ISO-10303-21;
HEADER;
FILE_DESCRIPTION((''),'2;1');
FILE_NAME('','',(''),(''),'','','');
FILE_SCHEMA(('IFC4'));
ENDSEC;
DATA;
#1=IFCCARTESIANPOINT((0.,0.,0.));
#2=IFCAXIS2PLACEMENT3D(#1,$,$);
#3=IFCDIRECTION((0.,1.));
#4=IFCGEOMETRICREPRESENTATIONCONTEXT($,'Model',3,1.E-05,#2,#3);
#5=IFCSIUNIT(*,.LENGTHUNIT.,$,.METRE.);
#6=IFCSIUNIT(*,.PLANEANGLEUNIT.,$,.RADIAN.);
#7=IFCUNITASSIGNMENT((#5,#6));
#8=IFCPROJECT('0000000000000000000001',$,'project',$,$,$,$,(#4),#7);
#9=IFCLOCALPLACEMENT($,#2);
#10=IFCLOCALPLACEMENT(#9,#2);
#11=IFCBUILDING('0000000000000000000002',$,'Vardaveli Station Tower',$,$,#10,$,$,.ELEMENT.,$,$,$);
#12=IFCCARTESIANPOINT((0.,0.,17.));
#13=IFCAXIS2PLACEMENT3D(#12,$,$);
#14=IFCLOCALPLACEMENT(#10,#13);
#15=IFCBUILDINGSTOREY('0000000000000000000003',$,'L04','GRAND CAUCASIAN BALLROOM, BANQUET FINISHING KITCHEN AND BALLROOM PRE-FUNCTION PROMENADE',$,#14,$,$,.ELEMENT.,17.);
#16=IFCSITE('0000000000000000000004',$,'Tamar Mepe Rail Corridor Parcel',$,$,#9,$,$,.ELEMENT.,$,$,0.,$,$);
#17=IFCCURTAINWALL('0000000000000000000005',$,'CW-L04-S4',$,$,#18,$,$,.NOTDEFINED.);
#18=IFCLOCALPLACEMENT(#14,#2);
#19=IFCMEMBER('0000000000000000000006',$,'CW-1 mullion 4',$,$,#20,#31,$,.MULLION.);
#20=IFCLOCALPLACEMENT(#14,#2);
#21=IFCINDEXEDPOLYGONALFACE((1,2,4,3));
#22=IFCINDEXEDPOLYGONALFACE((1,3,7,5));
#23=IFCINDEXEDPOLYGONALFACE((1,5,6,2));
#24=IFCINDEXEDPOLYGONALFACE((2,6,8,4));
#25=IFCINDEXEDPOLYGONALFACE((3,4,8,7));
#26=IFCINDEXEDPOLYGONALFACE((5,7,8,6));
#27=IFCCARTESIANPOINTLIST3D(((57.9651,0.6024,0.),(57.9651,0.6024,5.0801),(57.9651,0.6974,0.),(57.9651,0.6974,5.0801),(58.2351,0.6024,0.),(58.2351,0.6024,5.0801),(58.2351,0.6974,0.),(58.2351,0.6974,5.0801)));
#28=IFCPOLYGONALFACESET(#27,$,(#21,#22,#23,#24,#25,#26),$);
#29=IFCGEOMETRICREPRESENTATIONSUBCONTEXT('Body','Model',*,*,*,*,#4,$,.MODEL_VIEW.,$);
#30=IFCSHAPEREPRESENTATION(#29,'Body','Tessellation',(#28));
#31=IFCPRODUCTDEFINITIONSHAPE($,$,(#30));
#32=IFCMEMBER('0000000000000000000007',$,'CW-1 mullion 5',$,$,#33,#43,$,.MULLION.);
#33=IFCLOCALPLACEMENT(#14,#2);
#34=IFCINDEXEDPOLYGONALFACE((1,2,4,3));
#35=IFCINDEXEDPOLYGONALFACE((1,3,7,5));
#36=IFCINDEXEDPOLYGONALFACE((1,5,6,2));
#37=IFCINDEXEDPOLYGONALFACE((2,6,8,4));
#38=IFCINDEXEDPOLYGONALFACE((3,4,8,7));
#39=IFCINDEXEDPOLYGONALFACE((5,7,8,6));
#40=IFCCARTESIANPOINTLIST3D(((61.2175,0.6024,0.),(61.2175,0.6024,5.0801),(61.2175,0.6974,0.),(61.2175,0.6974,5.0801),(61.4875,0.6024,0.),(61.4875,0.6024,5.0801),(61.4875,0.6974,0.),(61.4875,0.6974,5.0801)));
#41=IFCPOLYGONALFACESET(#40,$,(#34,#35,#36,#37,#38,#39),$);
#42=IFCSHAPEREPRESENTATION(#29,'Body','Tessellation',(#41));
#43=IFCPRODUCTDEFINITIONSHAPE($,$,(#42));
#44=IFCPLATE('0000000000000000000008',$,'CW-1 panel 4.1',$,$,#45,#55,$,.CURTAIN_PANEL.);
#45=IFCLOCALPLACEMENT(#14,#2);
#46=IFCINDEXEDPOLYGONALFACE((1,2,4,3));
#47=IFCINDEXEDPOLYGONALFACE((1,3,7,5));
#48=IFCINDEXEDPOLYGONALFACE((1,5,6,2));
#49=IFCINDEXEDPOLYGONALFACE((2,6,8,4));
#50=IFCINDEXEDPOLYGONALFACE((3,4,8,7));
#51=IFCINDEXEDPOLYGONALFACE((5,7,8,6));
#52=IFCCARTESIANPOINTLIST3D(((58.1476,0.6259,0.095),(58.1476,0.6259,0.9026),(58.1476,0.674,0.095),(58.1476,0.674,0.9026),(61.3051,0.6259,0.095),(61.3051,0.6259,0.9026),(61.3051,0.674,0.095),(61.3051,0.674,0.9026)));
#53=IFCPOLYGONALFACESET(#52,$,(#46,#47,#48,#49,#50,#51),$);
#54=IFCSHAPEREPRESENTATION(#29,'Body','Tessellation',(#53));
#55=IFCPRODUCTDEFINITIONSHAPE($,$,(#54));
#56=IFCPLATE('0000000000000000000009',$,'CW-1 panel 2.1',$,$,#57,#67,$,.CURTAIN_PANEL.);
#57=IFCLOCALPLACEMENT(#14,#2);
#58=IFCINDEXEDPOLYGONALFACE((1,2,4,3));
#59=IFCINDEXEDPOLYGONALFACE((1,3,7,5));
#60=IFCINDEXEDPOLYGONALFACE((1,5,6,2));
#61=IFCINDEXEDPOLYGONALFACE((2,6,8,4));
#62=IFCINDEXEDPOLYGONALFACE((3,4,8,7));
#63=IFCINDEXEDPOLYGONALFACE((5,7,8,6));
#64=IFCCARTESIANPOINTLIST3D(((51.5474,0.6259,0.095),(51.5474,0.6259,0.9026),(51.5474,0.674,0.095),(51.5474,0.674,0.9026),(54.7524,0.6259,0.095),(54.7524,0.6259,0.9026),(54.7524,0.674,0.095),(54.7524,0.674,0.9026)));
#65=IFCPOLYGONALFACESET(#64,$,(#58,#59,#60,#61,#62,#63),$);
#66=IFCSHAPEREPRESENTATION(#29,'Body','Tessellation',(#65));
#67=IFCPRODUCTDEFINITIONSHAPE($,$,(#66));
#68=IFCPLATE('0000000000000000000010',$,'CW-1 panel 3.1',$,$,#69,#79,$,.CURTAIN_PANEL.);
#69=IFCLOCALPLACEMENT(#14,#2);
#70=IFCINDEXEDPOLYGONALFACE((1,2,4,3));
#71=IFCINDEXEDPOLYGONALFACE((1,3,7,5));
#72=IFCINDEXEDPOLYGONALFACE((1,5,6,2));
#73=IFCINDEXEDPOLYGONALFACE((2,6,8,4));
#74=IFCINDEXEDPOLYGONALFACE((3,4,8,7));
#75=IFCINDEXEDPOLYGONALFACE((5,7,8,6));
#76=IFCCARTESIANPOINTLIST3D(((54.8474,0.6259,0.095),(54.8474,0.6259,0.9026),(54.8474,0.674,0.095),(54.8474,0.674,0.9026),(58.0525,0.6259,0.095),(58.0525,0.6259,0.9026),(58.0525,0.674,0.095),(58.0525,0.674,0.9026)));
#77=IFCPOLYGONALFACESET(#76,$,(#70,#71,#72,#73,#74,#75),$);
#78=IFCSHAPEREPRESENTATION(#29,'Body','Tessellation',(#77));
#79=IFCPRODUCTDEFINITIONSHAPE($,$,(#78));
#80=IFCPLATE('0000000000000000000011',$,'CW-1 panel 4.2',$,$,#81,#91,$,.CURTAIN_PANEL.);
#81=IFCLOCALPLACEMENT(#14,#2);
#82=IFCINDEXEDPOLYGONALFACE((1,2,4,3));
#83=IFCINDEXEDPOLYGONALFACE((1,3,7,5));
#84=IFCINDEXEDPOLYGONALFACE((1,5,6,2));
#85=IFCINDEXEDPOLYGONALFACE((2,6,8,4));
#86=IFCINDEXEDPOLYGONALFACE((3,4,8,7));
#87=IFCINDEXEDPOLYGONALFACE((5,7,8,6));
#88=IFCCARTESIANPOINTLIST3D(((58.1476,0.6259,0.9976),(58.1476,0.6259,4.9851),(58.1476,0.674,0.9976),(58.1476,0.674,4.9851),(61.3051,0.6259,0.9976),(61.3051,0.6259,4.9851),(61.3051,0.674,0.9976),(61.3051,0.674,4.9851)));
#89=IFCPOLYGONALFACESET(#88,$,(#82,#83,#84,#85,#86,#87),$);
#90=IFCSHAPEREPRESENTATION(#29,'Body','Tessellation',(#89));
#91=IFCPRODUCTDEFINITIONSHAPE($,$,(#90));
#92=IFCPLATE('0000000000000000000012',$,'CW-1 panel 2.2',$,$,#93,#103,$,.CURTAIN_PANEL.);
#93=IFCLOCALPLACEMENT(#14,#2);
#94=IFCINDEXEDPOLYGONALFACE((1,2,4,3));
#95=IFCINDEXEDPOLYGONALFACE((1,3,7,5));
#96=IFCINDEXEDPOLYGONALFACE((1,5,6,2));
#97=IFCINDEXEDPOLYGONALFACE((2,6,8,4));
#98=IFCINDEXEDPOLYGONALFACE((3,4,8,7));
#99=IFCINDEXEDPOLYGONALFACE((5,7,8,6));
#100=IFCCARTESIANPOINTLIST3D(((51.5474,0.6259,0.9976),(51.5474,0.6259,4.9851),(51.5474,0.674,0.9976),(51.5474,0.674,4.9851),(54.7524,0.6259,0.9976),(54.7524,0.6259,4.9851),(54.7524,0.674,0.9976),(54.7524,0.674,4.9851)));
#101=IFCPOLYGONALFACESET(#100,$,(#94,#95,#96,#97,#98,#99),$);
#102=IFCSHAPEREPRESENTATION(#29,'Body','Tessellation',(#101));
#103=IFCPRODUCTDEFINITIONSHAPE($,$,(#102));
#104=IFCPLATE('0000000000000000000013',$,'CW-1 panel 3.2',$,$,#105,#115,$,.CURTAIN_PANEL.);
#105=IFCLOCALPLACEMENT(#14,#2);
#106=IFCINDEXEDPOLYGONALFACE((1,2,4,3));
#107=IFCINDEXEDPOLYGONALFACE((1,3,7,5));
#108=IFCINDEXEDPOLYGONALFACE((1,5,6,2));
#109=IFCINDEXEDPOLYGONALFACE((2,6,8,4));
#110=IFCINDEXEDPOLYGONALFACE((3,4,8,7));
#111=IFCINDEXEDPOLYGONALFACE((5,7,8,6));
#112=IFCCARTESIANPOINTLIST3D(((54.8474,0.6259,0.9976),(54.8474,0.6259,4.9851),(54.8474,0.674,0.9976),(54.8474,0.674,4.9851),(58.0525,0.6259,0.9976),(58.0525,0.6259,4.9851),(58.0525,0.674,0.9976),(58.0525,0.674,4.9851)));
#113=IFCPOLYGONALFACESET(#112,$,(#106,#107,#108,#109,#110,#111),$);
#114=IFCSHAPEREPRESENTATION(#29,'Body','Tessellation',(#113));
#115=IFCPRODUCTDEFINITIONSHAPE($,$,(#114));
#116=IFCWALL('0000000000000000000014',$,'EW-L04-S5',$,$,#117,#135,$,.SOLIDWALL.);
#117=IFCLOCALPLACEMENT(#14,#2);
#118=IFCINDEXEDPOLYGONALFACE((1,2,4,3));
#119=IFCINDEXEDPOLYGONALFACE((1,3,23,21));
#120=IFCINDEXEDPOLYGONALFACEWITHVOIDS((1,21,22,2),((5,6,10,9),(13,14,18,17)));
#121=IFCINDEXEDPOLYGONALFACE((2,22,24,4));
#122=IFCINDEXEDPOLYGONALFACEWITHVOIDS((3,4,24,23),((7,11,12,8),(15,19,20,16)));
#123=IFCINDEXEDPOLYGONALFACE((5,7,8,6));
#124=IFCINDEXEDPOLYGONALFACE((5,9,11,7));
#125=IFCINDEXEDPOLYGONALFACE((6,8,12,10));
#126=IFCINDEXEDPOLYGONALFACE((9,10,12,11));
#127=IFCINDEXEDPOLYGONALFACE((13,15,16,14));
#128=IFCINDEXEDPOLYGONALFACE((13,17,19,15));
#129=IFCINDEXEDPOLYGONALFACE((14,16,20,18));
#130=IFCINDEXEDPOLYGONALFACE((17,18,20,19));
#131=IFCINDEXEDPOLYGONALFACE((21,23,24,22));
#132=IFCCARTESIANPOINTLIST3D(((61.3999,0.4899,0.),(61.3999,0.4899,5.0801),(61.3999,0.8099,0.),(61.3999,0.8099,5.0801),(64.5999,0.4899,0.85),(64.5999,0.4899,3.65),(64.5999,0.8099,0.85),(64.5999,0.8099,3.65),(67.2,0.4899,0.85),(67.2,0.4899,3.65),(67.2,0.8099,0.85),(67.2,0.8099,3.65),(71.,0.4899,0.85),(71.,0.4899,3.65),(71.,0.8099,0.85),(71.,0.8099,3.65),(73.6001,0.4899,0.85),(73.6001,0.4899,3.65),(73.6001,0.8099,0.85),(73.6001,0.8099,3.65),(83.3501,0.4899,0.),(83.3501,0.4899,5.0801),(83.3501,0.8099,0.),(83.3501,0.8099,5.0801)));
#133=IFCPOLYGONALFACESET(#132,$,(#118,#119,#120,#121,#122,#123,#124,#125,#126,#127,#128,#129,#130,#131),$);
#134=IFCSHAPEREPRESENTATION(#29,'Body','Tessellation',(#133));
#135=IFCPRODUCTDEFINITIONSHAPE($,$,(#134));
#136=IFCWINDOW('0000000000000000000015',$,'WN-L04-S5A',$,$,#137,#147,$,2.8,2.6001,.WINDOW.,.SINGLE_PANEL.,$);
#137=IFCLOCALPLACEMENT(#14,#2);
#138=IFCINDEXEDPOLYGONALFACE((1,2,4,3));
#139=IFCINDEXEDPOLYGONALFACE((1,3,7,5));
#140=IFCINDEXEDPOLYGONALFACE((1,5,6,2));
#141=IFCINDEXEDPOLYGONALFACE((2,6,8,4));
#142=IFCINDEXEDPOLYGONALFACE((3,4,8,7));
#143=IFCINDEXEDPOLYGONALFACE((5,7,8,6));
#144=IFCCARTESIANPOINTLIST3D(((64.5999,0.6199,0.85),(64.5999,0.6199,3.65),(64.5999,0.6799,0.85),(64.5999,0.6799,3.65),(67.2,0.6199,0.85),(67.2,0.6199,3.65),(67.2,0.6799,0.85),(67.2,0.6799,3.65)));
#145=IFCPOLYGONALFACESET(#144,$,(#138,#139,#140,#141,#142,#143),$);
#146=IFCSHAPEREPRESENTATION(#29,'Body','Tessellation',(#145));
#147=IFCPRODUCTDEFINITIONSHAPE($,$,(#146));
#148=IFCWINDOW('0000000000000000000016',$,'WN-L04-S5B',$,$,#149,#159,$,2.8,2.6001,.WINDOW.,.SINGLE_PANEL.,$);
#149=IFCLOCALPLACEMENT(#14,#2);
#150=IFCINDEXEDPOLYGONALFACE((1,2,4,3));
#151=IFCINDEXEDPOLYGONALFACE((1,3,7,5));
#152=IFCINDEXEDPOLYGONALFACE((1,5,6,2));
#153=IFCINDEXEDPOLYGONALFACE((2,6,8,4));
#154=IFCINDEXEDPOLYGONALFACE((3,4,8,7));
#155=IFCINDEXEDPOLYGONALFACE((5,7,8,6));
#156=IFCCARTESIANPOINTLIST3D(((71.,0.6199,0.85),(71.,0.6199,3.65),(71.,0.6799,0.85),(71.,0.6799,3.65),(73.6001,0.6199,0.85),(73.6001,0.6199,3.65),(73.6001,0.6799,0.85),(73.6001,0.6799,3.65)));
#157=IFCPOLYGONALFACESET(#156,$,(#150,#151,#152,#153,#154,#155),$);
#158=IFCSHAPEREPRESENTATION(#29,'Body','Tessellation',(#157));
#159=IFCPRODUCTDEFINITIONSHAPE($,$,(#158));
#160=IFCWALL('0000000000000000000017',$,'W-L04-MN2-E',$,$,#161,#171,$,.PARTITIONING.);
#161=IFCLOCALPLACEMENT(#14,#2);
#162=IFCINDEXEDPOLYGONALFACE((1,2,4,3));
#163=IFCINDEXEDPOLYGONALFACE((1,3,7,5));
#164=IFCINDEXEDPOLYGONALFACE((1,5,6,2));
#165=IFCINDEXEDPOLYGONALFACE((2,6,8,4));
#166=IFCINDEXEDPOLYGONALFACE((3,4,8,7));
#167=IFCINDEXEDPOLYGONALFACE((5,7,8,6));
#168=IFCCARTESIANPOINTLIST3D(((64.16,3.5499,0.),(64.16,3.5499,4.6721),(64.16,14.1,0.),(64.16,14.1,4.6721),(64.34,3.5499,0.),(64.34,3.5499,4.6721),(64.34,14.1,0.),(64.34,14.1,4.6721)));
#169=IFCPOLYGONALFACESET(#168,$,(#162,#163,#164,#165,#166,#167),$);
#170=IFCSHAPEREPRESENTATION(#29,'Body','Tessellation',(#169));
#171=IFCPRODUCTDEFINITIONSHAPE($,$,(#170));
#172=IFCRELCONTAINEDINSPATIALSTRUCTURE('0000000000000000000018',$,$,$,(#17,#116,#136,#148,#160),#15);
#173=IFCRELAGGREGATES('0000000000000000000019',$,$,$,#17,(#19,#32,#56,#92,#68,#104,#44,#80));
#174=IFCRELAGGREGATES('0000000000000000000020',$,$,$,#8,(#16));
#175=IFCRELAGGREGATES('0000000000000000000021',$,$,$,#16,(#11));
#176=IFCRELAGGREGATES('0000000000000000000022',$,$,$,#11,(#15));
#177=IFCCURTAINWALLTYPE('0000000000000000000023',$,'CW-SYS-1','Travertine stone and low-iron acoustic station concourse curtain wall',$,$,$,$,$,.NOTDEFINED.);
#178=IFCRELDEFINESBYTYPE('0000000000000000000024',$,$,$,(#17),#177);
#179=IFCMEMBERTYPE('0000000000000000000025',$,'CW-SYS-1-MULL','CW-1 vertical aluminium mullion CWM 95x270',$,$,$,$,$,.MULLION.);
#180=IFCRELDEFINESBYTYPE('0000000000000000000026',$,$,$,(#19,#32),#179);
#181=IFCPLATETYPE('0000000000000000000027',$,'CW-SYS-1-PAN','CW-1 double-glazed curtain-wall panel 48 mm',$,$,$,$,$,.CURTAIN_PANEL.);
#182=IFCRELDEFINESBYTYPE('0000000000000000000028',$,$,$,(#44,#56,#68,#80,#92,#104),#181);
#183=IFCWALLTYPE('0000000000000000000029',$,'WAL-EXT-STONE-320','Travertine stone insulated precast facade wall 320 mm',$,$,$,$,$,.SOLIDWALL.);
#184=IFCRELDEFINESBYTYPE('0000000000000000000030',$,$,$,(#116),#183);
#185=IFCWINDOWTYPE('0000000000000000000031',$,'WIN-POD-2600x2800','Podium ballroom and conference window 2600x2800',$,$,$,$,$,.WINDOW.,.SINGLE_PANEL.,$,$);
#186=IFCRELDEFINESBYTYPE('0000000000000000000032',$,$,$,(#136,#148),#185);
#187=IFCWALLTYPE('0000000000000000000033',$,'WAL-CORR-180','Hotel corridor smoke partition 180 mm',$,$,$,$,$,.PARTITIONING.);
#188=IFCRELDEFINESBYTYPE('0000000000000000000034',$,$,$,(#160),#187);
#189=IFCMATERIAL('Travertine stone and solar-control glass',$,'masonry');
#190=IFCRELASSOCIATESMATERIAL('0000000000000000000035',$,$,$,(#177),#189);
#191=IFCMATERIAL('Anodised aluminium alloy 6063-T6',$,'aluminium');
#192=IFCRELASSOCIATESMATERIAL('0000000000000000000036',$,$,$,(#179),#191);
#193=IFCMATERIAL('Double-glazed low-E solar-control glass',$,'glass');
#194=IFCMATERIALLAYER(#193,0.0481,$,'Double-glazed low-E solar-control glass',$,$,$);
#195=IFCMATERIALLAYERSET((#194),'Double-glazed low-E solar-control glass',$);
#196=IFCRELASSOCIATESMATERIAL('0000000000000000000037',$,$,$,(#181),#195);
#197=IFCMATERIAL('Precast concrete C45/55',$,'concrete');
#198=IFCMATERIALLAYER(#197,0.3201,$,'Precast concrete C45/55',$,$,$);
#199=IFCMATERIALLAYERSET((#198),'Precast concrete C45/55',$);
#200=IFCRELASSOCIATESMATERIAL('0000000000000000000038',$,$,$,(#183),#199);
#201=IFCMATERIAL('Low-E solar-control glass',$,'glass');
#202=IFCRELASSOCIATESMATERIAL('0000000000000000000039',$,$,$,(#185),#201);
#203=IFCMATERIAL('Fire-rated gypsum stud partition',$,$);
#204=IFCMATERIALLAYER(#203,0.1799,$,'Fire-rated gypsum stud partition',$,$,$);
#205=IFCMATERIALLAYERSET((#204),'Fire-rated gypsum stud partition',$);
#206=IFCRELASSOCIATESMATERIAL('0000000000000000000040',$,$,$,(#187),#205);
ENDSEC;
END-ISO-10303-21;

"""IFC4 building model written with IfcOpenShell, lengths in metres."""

from ifc_helpers import new_model, si_unit, direction, frame, frame_2d, origin, origin_2d, place, context, subcontext, project, spatial, rectangle, extrude, source, transform, mapped, material, layer, layer_set, material_profile, profile_set, type_object, element, fill, aggregate, save


model = new_model("IFC4")

# Units and contexts
model_context = context("Model", 3, precision=1e-05, world=origin(), true_north=direction((0.0, 1.0)))
body_context = subcontext(model_context, "Body", "Model", "MODEL_VIEW")
ifc_project = project(units=[si_unit("LENGTHUNIT", "METRE"), si_unit("PLANEANGLEUNIT", "RADIAN")], contexts=[model_context])

# Site, building, storey
site_placement = place(None, origin())
site = spatial("IfcSite", under=ifc_project, at=site_placement, Name="Tamar Mepe Rail Corridor Parcel", CompositionType="ELEMENT", RefElevation=0.0)
building_placement = place(site_placement, origin())
building = spatial("IfcBuilding", under=site, at=building_placement, Name="Vardaveli Station Tower", CompositionType="ELEMENT")
storey_placement = place(building_placement, frame((0.0, 0.0, 17.0)))
storey = spatial("IfcBuildingStorey", under=building, at=storey_placement, Name="L04", Description="GRAND CAUCASIAN BALLROOM, BANQUET FINISHING KITCHEN AND BALLROOM PRE-FUNCTION PROMENADE", CompositionType="ELEMENT", Elevation=17.0)

# Curtain wall, members, plates
ifc_material_1 = material(Name="Travertine stone and solar-control glass", Category="masonry")
curtain_wall_type = type_object("IfcCurtainWallType", Name="CW-SYS-1", Description="Travertine stone and low-iron acoustic station concourse curtain wall", PredefinedType="NOTDEFINED", material=ifc_material_1)
curtain_wall_placement = place(storey_placement, origin())
curtain_wall = element("IfcCurtainWall", 1, at=curtain_wall_placement, inside=storey, type_object=curtain_wall_type, Name="CW-L04-S4", PredefinedType="NOTDEFINED")
ifc_material_2 = material(Name="Anodised aluminium alloy 6063-T6", Category="aluminium")
ifc_material_profile_1 = material_profile(ifc_material_2, rectangle(XDim=0.095, YDim=0.27, at=origin_2d()), Name="CWM 95x270")
ifc_profile_set_1 = profile_set([ifc_material_profile_1], Name="Anodised aluminium alloy 6063-T6")
member_type_1 = type_object("IfcMemberType", Name="CW-SYS-1-MULL", Description="CW-1 vertical aluminium mullion CWM 95x270", PredefinedType="MULLION", material=ifc_profile_set_1)
shared_shape_1 = source(origin(), body_context, "Body", "SweptSolid", [
    extrude(rectangle(XDim=0.095, YDim=0.27, at=origin_2d()), origin(), (0.0, 0.0, 1.0), 5.0801),
])
member_1_placement = place(storey_placement, frame((58.1001, 0.6499, 0.0), z_axis=(0.0, 0.0, 1.0), x_axis=(0.0, 1.0, 0.0)))
member_1 = element("IfcMember", 2, at=member_1_placement, type_object=member_type_1, Name="CW-1 mullion 4", PredefinedType="MULLION", context=body_context, shape_type="MappedRepresentation", body=[
    mapped(shared_shape_1, transform((0.0, 0.0, 0.0), scale=1.0)),
])
member_2_placement = place(storey_placement, frame((61.3525, 0.6499, 0.0), z_axis=(0.0, 0.0, 1.0), x_axis=(0.0, 1.0, 0.0)))
member_2 = element("IfcMember", 3, at=member_2_placement, type_object=member_type_1, Name="CW-1 mullion 5", PredefinedType="MULLION", context=body_context, shape_type="MappedRepresentation", body=[
    mapped(shared_shape_1, transform((0.0, 0.0, 0.0), scale=1.0)),
])
ifc_material_3 = material(Name="Double-glazed low-E solar-control glass", Category="glass")
ifc_layer_1 = layer(ifc_material_3, 0.0481, Name="Double-glazed low-E solar-control glass")
ifc_layer_set_1 = layer_set([ifc_layer_1], Name="Double-glazed low-E solar-control glass")
plate_type = type_object("IfcPlateType", Name="CW-SYS-1-PAN", Description="CW-1 double-glazed curtain-wall panel 48 mm", PredefinedType="CURTAIN_PANEL", material=ifc_layer_set_1)
shared_shape_2 = source(origin(), body_context, "Body", "SweptSolid", [
    extrude(rectangle(XDim=3.1575, YDim=0.0481, at=origin_2d()), origin(), (0.0, 0.0, 1.0), 0.8076),
])
plate_1_placement = place(storey_placement, frame((59.7263, 0.6499, 0.095), z_axis=(0.0, 0.0, 1.0), x_axis=(1.0, 0.0, 0.0)))
plate_1 = element("IfcPlate", 4, at=plate_1_placement, type_object=plate_type, Name="CW-1 panel 4.1", PredefinedType="CURTAIN_PANEL", context=body_context, shape_type="MappedRepresentation", body=[
    mapped(shared_shape_2, transform((0.0, 0.0, 0.0), scale=1.0)),
])
shared_shape_3 = source(origin(), body_context, "Body", "SweptSolid", [
    extrude(rectangle(XDim=3.2051, YDim=0.0481, at=origin_2d()), origin(), (0.0, 0.0, 1.0), 0.8076),
])
plate_2_placement = place(storey_placement, frame((53.1499, 0.6499, 0.095), z_axis=(0.0, 0.0, 1.0), x_axis=(1.0, 0.0, 0.0)))
plate_2 = element("IfcPlate", 5, at=plate_2_placement, type_object=plate_type, Name="CW-1 panel 2.1", PredefinedType="CURTAIN_PANEL", context=body_context, shape_type="MappedRepresentation", body=[
    mapped(shared_shape_3, transform((0.0, 0.0, 0.0), scale=1.0)),
])
plate_3_placement = place(storey_placement, frame((56.45, 0.6499, 0.095), z_axis=(0.0, 0.0, 1.0), x_axis=(1.0, 0.0, 0.0)))
plate_3 = element("IfcPlate", 6, at=plate_3_placement, type_object=plate_type, Name="CW-1 panel 3.1", PredefinedType="CURTAIN_PANEL", context=body_context, shape_type="MappedRepresentation", body=[
    mapped(shared_shape_3, transform((0.0, 0.0, 0.0), scale=1.0)),
])
shared_shape_4 = source(origin(), body_context, "Body", "SweptSolid", [
    extrude(rectangle(XDim=3.1575, YDim=0.0481, at=origin_2d()), origin(), (0.0, 0.0, 1.0), 3.9875),
])
plate_4_placement = place(storey_placement, frame((59.7263, 0.6499, 0.9976), z_axis=(0.0, 0.0, 1.0), x_axis=(1.0, 0.0, 0.0)))
plate_4 = element("IfcPlate", 7, at=plate_4_placement, type_object=plate_type, Name="CW-1 panel 4.2", PredefinedType="CURTAIN_PANEL", context=body_context, shape_type="MappedRepresentation", body=[
    mapped(shared_shape_4, transform((0.0, 0.0, 0.0), scale=1.0)),
])
shared_shape_5 = source(origin(), body_context, "Body", "SweptSolid", [
    extrude(rectangle(XDim=3.2051, YDim=0.0481, at=origin_2d()), origin(), (0.0, 0.0, 1.0), 3.9875),
])
plate_5_placement = place(storey_placement, frame((53.1499, 0.6499, 0.9976), z_axis=(0.0, 0.0, 1.0), x_axis=(1.0, 0.0, 0.0)))
plate_5 = element("IfcPlate", 8, at=plate_5_placement, type_object=plate_type, Name="CW-1 panel 2.2", PredefinedType="CURTAIN_PANEL", context=body_context, shape_type="MappedRepresentation", body=[
    mapped(shared_shape_5, transform((0.0, 0.0, 0.0), scale=1.0)),
])
plate_6_placement = place(storey_placement, frame((56.45, 0.6499, 0.9976), z_axis=(0.0, 0.0, 1.0), x_axis=(1.0, 0.0, 0.0)))
plate_6 = element("IfcPlate", 9, at=plate_6_placement, type_object=plate_type, Name="CW-1 panel 3.2", PredefinedType="CURTAIN_PANEL", context=body_context, shape_type="MappedRepresentation", body=[
    mapped(shared_shape_5, transform((0.0, 0.0, 0.0), scale=1.0)),
])
aggregate(curtain_wall, [member_1, member_2, plate_2, plate_5, plate_3, plate_6, plate_1, plate_4])

# Wall, openings, windows
ifc_material_4 = material(Name="Precast concrete C45/55", Category="concrete")
ifc_layer_2 = layer(ifc_material_4, 0.3201, Name="Precast concrete C45/55")
ifc_layer_set_2 = layer_set([ifc_layer_2], Name="Precast concrete C45/55")
wall_type_1 = type_object("IfcWallType", Name="WAL-EXT-STONE-320", Description="Travertine stone insulated precast facade wall 320 mm", PredefinedType="SOLIDWALL", material=ifc_layer_set_2)
shared_shape_6 = source(origin(), body_context, "Body", "SweptSolid", [
    extrude(rectangle(XDim=21.9502, YDim=0.3201, at=frame_2d((10.9751, 0.0))), origin(), (0.0, 0.0, 1.0), 5.0801),
])
wall_1_placement = place(storey_placement, frame((61.3999, 0.6499, 0.0), z_axis=(0.0, 0.0, 1.0), x_axis=(1.0, 0.0, 0.0)))
wall_1 = element("IfcWall", 10, at=wall_1_placement, inside=storey, type_object=wall_type_1, Name="EW-L04-S5", PredefinedType="SOLIDWALL", context=body_context, shape_type="MappedRepresentation", body=[
    mapped(shared_shape_6, transform((0.0, 0.0, 0.0), scale=1.0)),
])
shared_shape_7 = source(origin(), body_context, "Body", "SweptSolid", [
    extrude(rectangle(XDim=2.6001, YDim=2.8, at=frame_2d((1.3, 1.3999))), frame((0.0, 0.1699, 0.0), z_axis=(0.0, -1.0, 0.0), x_axis=(1.0, 0.0, 0.0)), (0.0, 0.0, 1.0), 0.3401),
])
opening_1_placement = place(wall_1_placement, frame((3.2, 0.0, 0.8501)))
opening_1 = element("IfcOpeningElement", 11, at=opening_1_placement, cuts=wall_1, PredefinedType="OPENING", context=body_context, shape_type="MappedRepresentation", body=[
    mapped(shared_shape_7, transform((0.0, 0.0, 0.0), scale=1.0)),
])
opening_2_placement = place(wall_1_placement, frame((9.6001, 0.0, 0.8501)))
opening_2 = element("IfcOpeningElement", 12, at=opening_2_placement, cuts=wall_1, PredefinedType="OPENING", context=body_context, shape_type="MappedRepresentation", body=[
    mapped(shared_shape_7, transform((0.0, 0.0, 0.0), scale=1.0)),
])
ifc_material_5 = material(Name="Low-E solar-control glass", Category="glass")
window_type = type_object("IfcWindowType", Name="WIN-POD-2600x2800", Description="Podium ballroom and conference window 2600x2800", PartitioningType="SINGLE_PANEL", PredefinedType="WINDOW", material=ifc_material_5)
shared_shape_8 = source(origin(), body_context, "Body", "SweptSolid", [
    extrude(rectangle(XDim=2.6001, YDim=2.8, at=frame_2d((1.3, 1.3999))), frame((0.0, 0.03, 0.0), z_axis=(0.0, -1.0, 0.0), x_axis=(1.0, 0.0, 0.0)), (0.0, 0.0, 1.0), 0.0601),
])
window_1_placement = place(opening_1_placement, origin())
window_1 = element("IfcWindow", 13, at=window_1_placement, inside=storey, type_object=window_type, Name="WN-L04-S5A", OverallHeight=2.8, OverallWidth=2.6001, PartitioningType="SINGLE_PANEL", PredefinedType="WINDOW", context=body_context, shape_type="MappedRepresentation", body=[
    mapped(shared_shape_8, transform((0.0, 0.0, 0.0), scale=1.0)),
])
fill(opening_1, window_1)
window_2_placement = place(opening_2_placement, origin())
window_2 = element("IfcWindow", 14, at=window_2_placement, inside=storey, type_object=window_type, Name="WN-L04-S5B", OverallHeight=2.8, OverallWidth=2.6001, PartitioningType="SINGLE_PANEL", PredefinedType="WINDOW", context=body_context, shape_type="MappedRepresentation", body=[
    mapped(shared_shape_8, transform((0.0, 0.0, 0.0), scale=1.0)),
])
fill(opening_2, window_2)

# Wall
ifc_material_6 = material(Name="Fire-rated gypsum stud partition")
ifc_layer_3 = layer(ifc_material_6, 0.1799, Name="Fire-rated gypsum stud partition")
ifc_layer_set_3 = layer_set([ifc_layer_3], Name="Fire-rated gypsum stud partition")
wall_type_2 = type_object("IfcWallType", Name="WAL-CORR-180", Description="Hotel corridor smoke partition 180 mm", PredefinedType="PARTITIONING", material=ifc_layer_set_3)
shared_shape_9 = source(origin(), body_context, "Body", "SweptSolid", [
    extrude(rectangle(XDim=10.55, YDim=0.1799, at=frame_2d((5.2749, 0.0))), origin(), (0.0, 0.0, 1.0), 4.6721),
])
wall_2_placement = place(storey_placement, frame((64.25, 3.55, 0.0), z_axis=(0.0, 0.0, 1.0), x_axis=(0.0, 1.0, 0.0)))
element("IfcWall", 15, at=wall_2_placement, inside=storey, type_object=wall_type_2, Name="W-L04-MN2-E", PredefinedType="PARTITIONING", context=body_context, shape_type="MappedRepresentation", body=[
    mapped(shared_shape_9, transform((0.0, 0.0, 0.0), scale=1.0)),
])

save(model, "model.ifc")
